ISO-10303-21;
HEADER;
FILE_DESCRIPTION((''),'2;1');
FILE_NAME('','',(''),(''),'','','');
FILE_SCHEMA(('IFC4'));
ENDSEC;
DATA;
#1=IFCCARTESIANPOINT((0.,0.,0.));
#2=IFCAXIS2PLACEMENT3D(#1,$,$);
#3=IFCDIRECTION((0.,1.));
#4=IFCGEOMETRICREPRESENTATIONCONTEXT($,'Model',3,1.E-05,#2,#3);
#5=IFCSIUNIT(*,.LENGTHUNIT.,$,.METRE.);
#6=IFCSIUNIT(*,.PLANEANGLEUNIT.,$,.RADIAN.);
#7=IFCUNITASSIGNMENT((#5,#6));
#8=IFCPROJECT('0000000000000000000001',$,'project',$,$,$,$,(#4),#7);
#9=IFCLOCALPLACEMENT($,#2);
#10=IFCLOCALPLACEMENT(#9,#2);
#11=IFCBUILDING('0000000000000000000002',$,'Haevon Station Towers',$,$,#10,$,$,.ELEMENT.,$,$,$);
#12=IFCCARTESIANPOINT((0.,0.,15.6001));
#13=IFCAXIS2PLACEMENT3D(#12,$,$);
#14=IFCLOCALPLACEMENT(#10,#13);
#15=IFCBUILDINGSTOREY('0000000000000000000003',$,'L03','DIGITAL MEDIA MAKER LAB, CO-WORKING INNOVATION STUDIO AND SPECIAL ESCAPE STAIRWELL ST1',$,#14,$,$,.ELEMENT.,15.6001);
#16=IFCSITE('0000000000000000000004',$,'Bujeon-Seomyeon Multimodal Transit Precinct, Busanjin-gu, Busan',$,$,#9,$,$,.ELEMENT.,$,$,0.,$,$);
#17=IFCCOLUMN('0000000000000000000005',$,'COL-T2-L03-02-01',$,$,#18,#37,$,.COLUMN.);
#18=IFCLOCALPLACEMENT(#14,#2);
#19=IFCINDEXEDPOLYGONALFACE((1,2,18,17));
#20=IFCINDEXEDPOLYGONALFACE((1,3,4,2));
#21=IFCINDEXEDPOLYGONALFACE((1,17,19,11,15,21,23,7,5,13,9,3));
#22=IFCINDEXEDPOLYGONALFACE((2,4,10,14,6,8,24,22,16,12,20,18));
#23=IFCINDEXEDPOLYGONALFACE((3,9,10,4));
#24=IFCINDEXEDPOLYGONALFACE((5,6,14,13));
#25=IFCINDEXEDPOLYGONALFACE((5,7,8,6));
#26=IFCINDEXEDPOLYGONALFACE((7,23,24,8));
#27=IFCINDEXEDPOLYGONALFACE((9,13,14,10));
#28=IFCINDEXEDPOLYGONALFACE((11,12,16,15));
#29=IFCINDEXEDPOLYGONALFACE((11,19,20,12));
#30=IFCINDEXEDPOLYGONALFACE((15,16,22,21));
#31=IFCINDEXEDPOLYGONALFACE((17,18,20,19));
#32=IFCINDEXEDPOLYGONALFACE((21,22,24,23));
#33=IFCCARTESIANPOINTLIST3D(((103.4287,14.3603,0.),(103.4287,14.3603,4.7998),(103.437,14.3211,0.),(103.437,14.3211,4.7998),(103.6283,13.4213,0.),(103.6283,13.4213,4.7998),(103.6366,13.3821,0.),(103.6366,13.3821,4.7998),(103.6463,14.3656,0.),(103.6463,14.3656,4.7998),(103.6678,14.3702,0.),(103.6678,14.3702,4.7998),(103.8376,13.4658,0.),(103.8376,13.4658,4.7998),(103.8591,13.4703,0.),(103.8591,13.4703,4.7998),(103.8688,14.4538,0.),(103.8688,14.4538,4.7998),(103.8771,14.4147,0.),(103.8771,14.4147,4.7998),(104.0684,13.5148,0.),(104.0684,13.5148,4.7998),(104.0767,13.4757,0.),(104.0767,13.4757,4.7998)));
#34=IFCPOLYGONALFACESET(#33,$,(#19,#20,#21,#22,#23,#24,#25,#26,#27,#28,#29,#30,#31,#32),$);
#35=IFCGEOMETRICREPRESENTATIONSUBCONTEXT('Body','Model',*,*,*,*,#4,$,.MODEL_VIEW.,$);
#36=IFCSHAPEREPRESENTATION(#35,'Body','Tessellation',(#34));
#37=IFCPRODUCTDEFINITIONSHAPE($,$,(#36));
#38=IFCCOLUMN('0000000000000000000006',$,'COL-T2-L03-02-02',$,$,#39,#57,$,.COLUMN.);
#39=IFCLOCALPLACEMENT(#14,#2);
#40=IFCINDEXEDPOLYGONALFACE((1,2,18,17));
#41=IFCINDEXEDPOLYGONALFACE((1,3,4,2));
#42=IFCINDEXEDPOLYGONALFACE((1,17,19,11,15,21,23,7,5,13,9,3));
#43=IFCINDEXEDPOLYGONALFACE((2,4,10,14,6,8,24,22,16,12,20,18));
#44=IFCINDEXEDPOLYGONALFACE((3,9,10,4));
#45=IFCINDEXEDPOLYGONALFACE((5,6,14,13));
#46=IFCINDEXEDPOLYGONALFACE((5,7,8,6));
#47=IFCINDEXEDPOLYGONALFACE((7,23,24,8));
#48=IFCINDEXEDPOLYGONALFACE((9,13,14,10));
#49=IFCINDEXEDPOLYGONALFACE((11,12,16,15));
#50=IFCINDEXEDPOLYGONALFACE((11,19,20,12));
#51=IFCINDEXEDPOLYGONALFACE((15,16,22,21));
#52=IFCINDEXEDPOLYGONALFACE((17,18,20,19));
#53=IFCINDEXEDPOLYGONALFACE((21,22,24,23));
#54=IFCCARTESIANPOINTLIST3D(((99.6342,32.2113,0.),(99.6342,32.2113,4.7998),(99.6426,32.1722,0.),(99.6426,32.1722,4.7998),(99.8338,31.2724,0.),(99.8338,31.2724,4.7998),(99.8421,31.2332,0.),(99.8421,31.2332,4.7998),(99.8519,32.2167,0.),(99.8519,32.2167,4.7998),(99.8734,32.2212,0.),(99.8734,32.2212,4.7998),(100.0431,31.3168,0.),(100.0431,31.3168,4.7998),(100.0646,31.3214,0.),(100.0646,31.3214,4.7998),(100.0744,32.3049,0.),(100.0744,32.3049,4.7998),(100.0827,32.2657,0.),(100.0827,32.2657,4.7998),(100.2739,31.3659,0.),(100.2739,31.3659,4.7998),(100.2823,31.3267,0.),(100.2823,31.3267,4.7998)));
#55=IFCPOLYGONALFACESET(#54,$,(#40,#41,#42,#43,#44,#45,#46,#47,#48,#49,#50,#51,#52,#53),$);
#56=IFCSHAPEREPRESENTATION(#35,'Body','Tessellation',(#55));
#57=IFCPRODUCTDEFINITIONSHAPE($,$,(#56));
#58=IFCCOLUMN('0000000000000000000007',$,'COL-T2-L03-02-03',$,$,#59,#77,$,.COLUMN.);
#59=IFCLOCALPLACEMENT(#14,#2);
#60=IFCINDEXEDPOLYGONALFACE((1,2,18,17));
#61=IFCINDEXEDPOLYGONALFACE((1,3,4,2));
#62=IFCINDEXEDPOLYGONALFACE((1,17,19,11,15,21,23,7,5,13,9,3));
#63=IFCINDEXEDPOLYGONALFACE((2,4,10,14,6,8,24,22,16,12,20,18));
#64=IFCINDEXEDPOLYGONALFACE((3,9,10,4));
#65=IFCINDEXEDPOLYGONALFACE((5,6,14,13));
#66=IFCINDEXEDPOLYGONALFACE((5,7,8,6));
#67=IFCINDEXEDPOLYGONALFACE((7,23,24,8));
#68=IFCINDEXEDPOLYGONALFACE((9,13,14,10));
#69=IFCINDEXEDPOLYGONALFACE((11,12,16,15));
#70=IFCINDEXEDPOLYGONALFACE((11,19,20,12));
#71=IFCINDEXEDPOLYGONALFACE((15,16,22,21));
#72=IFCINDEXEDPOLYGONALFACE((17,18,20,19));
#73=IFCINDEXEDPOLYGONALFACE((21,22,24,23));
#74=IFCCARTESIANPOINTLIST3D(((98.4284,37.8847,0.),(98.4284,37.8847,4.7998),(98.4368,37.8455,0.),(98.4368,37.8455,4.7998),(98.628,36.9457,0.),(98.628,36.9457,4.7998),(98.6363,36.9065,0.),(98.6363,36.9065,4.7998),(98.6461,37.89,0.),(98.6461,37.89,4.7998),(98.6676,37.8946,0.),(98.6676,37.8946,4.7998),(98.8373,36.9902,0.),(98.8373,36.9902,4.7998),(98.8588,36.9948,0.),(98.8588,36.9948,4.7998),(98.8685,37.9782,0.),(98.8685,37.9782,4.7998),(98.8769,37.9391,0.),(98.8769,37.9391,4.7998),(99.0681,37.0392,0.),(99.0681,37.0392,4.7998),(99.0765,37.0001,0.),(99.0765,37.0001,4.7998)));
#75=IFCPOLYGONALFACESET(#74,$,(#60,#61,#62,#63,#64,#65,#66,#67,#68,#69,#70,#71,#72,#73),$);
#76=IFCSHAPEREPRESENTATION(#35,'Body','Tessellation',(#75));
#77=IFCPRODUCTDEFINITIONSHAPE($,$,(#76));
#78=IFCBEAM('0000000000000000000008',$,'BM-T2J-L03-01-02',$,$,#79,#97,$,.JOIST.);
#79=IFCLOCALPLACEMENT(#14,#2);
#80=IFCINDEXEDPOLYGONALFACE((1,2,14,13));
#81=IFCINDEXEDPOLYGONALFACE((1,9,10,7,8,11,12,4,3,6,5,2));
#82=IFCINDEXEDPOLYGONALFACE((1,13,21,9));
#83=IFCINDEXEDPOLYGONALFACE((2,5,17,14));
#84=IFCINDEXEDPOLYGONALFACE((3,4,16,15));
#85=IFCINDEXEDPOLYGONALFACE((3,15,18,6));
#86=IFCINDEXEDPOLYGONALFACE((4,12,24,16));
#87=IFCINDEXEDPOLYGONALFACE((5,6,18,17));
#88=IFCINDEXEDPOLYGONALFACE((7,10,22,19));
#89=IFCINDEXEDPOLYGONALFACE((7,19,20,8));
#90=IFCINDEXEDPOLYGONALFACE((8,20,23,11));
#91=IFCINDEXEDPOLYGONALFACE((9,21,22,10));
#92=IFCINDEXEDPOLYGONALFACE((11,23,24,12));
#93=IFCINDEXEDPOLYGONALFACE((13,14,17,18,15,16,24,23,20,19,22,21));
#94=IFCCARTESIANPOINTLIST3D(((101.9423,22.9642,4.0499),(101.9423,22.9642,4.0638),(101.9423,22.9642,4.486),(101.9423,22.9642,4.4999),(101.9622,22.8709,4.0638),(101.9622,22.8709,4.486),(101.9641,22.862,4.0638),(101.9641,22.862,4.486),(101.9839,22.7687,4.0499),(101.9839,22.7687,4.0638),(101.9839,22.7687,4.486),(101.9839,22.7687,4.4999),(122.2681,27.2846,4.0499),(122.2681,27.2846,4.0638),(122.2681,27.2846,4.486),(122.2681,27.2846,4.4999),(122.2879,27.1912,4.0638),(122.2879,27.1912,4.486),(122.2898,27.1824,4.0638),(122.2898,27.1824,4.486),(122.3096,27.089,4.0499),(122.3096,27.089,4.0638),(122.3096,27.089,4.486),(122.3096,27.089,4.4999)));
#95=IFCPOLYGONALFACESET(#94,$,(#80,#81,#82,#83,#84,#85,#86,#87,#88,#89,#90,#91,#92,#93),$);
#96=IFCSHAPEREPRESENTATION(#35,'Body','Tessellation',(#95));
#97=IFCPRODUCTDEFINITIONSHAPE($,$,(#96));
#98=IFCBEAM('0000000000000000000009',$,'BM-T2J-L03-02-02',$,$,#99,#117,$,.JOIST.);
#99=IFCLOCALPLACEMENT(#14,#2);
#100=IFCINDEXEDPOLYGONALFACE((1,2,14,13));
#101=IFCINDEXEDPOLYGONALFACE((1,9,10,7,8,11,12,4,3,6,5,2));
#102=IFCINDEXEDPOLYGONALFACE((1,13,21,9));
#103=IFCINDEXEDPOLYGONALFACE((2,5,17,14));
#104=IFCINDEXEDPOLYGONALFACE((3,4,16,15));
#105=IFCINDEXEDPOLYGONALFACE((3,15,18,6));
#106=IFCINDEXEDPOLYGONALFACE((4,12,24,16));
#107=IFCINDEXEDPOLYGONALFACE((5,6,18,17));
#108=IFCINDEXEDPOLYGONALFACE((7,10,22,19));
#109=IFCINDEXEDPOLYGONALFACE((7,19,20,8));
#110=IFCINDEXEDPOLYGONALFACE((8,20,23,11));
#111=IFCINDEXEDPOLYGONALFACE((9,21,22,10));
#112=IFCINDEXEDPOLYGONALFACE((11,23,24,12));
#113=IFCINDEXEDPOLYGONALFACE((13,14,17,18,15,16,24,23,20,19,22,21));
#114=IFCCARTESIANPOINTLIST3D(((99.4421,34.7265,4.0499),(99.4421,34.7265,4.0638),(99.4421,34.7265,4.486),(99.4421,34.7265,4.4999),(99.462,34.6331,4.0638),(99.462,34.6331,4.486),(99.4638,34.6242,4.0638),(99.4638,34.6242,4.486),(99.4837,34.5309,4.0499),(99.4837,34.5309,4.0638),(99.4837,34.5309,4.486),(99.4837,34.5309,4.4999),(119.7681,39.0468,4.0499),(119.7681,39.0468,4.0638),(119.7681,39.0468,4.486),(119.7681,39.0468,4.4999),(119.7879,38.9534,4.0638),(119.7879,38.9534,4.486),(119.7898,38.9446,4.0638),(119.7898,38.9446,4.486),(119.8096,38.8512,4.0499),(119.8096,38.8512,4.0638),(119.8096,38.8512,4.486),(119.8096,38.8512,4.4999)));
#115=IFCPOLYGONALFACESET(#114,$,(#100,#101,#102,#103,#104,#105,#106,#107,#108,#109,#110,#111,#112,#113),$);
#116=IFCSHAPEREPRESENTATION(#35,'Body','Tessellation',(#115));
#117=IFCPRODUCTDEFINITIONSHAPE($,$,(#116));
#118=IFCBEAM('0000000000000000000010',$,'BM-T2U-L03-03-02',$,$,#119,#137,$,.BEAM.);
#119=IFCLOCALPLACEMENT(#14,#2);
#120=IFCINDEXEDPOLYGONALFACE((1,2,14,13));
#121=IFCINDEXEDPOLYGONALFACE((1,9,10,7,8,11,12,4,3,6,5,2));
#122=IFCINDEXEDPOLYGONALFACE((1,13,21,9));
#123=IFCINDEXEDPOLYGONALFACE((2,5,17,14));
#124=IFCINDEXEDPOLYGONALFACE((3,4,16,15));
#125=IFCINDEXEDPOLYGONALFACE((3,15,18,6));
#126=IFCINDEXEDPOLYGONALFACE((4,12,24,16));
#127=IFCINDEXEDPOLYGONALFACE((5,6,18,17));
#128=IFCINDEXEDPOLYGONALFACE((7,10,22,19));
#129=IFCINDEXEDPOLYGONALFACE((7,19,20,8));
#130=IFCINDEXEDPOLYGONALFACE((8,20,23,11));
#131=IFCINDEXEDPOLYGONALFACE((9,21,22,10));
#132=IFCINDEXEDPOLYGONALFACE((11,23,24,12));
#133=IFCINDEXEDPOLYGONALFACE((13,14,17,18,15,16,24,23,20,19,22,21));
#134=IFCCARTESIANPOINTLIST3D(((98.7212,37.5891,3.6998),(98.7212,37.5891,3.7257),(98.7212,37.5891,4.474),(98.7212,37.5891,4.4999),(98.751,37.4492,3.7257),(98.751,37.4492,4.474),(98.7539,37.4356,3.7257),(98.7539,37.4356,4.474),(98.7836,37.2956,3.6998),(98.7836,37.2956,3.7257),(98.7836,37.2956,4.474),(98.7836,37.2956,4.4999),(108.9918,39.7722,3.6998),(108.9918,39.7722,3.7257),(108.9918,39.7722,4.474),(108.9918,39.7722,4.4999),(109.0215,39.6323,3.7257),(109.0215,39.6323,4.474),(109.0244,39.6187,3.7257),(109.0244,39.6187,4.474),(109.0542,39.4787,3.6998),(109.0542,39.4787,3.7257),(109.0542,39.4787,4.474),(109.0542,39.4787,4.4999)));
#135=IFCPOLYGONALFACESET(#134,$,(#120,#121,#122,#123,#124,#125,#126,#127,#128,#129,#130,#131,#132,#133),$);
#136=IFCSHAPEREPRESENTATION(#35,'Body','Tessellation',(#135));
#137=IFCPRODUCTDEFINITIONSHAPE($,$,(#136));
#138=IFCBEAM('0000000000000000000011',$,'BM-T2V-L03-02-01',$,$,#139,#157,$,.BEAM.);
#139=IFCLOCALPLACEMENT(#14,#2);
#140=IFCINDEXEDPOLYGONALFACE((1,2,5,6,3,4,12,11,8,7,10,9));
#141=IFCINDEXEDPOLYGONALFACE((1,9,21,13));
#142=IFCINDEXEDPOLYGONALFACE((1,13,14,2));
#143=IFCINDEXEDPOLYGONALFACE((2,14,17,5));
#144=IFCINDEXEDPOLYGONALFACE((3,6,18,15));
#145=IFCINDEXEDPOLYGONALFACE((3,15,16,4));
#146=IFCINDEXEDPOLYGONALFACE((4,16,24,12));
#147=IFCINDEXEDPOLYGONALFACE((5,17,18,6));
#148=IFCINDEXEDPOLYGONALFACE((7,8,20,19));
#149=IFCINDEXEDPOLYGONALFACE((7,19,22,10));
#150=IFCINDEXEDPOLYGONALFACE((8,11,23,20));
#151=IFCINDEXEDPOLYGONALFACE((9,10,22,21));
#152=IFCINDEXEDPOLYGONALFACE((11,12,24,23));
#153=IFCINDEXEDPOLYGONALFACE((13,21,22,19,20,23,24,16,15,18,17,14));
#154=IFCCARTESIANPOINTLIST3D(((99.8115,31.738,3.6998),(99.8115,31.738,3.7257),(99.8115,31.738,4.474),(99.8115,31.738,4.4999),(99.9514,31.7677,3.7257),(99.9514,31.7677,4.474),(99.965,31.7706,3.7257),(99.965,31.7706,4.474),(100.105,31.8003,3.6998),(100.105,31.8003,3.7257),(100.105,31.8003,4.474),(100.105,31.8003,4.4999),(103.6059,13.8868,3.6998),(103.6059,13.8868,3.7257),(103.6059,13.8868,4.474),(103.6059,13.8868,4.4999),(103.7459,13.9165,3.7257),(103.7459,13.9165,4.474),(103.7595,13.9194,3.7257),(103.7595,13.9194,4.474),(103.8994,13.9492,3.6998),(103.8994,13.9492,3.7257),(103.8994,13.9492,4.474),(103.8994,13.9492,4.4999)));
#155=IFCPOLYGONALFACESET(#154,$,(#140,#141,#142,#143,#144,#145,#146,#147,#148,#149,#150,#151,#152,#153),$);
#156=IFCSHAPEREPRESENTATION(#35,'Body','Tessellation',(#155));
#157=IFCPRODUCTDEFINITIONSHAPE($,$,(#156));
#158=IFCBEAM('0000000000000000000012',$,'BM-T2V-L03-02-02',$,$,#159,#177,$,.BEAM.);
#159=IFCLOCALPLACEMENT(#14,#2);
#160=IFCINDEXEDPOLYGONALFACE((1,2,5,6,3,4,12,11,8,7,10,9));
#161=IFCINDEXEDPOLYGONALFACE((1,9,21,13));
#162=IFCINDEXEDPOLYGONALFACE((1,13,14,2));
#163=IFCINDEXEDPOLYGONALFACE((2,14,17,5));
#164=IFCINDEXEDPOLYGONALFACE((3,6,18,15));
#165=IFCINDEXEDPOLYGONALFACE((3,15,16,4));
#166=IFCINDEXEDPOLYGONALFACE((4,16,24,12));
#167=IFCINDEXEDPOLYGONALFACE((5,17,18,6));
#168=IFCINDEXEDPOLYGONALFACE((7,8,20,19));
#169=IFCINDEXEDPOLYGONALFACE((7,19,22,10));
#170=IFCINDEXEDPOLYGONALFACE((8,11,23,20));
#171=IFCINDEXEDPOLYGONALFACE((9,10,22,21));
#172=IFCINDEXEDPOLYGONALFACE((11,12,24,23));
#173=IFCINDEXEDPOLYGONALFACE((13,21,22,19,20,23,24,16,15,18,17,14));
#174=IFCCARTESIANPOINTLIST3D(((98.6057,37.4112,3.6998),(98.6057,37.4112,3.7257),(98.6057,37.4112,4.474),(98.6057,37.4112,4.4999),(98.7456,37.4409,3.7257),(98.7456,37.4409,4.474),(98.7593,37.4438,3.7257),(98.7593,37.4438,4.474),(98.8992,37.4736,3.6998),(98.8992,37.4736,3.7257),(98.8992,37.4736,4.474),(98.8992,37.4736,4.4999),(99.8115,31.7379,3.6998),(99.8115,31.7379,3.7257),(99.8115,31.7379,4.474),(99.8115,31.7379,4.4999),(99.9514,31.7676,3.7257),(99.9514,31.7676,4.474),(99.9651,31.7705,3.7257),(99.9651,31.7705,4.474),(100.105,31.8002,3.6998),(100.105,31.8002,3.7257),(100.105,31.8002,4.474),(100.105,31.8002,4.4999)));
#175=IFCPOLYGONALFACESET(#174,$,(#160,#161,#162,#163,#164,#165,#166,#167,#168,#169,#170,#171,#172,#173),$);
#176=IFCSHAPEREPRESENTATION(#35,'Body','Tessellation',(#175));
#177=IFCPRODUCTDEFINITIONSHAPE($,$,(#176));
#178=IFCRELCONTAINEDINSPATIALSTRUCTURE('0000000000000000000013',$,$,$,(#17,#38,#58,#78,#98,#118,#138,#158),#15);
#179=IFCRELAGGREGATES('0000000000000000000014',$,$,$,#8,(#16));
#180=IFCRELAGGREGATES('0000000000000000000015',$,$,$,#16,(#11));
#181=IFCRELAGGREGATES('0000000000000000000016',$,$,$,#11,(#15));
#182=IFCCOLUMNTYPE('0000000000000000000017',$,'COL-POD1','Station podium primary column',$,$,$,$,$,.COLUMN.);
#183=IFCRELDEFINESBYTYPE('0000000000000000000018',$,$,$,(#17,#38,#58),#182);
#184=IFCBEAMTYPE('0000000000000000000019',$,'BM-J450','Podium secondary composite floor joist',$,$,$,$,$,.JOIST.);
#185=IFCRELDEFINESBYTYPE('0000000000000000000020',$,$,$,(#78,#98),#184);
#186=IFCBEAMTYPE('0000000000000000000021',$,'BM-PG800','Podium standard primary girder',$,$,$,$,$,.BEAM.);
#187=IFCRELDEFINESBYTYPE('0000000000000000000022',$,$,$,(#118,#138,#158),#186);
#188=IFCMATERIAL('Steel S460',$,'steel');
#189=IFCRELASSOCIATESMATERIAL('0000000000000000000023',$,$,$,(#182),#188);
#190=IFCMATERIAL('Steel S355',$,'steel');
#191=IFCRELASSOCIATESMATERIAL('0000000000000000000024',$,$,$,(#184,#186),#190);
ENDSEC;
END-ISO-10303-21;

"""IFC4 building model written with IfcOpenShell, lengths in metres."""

from ifc_helpers import new_model, si_unit, direction, frame, origin, origin_2d, place, context, subcontext, project, spatial, i_section, extrude, material, material_profile, profile_set, type_object, element, save


model = new_model("IFC4")

# Units and contexts
model_context = context("Model", 3, precision=1e-05, world=origin(), true_north=direction((0.0, 1.0)))
body_context = subcontext(model_context, "Body", "Model", "MODEL_VIEW")
ifc_project = project(units=[si_unit("LENGTHUNIT", "METRE"), si_unit("PLANEANGLEUNIT", "RADIAN")], contexts=[model_context])

# Site, building, storey
site_placement = place(None, origin())
site = spatial("IfcSite", under=ifc_project, at=site_placement, Name="Bujeon-Seomyeon Multimodal Transit Precinct, Busanjin-gu, Busan", CompositionType="ELEMENT", RefElevation=0.0)
building_placement = place(site_placement, origin())
building = spatial("IfcBuilding", under=site, at=building_placement, Name="Haevon Station Towers", CompositionType="ELEMENT")
storey_placement = place(building_placement, frame((0.0, 0.0, 15.6001)))
storey = spatial("IfcBuildingStorey", under=building, at=storey_placement, Name="L03", Description="DIGITAL MEDIA MAKER LAB, CO-WORKING INNOVATION STUDIO AND SPECIAL ESCAPE STAIRWELL ST1", CompositionType="ELEMENT", Elevation=15.6001)

# Columns
ifc_material_1 = material(Name="Steel S460", Category="steel")
ifc_material_profile_1 = material_profile(ifc_material_1, i_section(OverallWidth=0.45, OverallDepth=1.0, WebThickness=0.022, FlangeThickness=0.04, at=origin_2d()), Name="H-1000x450x22x40")
ifc_profile_set_1 = profile_set([ifc_material_profile_1], Name="Steel S460")
column_type = type_object("IfcColumnType", Name="COL-POD1", Description="Station podium primary column", PredefinedType="COLUMN", material=ifc_profile_set_1)
for number, where, z_axis, x_axis, name in (
    (1, (103.7527, 13.918, 0.0), (0.0, 0.0, 1.0), (0.978148, 0.207912, 0.0), "COL-T2-L03-02-01"),
    (2, (99.9583, 31.769, 0.0), (0.0, 0.0, 1.0), (0.978148, 0.207912, 0.0), "COL-T2-L03-02-02"),
    (3, (98.7524, 37.4424, 0.0), (0.0, 0.0, 1.0), (0.978148, 0.207912, 0.0), "COL-T2-L03-02-03"),
):
    element("IfcColumn", number, at=place(storey_placement, frame(where, z_axis=z_axis, x_axis=x_axis)), inside=storey, type_object=column_type, Name=name, PredefinedType="COLUMN", context=body_context, shape_type="SweptSolid", body=[
        extrude(i_section(OverallWidth=0.45, OverallDepth=1.0, WebThickness=0.022, FlangeThickness=0.04, at=origin_2d()), origin(), (0.0, 0.0, 1.0), 4.7998),
    ])

# Beams
ifc_material_2 = material(Name="Steel S355", Category="steel")
ifc_material_profile_2 = material_profile(ifc_material_2, i_section(OverallWidth=0.2, OverallDepth=0.45, WebThickness=0.009, FlangeThickness=0.0139, at=origin_2d()), Name="H-450x200x9x14")
ifc_profile_set_2 = profile_set([ifc_material_profile_2], Name="Steel S355")
beam_type_1 = type_object("IfcBeamType", Name="BM-J450", Description="Podium secondary composite floor joist", PredefinedType="JOIST", material=ifc_profile_set_2)
beam_1_placement = place(storey_placement, frame((101.9631, 22.8665, 4.2749), z_axis=(0.978148, 0.20791, 0.0), x_axis=(-0.20791, 0.978148, 0.0)))
element("IfcBeam", 4, at=beam_1_placement, inside=storey, type_object=beam_type_1, Name="BM-T2J-L03-01-02", PredefinedType="JOIST", context=body_context, shape_type="SweptSolid", body=[
    extrude(i_section(OverallWidth=0.2, OverallDepth=0.45, WebThickness=0.009, FlangeThickness=0.0139, at=origin_2d()), origin(), (0.0, 0.0, 1.0), 20.7798),
])
beam_2_placement = place(storey_placement, frame((99.4629, 34.6287, 4.2749), z_axis=(0.978149, 0.207907, 0.0), x_axis=(-0.207907, 0.978149, 0.0)))
element("IfcBeam", 5, at=beam_2_placement, inside=storey, type_object=beam_type_1, Name="BM-T2J-L03-02-02", PredefinedType="JOIST", context=body_context, shape_type="SweptSolid", body=[
    extrude(i_section(OverallWidth=0.2, OverallDepth=0.45, WebThickness=0.009, FlangeThickness=0.0139, at=origin_2d()), origin(), (0.0, 0.0, 1.0), 20.78),
])
ifc_material_profile_3 = material_profile(ifc_material_2, i_section(OverallWidth=0.3, OverallDepth=0.8, WebThickness=0.0139, FlangeThickness=0.0259, at=origin_2d()), Name="H-800x300x14x26")
ifc_profile_set_3 = profile_set([ifc_material_profile_3], Name="Steel S355")
beam_type_2 = type_object("IfcBeamType", Name="BM-PG800", Description="Podium standard primary girder", PredefinedType="BEAM", material=ifc_profile_set_3)
beam_3_placement = place(storey_placement, frame((98.7524, 37.4424, 4.0999), z_axis=(0.978147, 0.207915, 0.0), x_axis=(-0.207915, 0.978147, 0.0)))
element("IfcBeam", 6, at=beam_3_placement, inside=storey, type_object=beam_type_2, Name="BM-T2U-L03-03-02", PredefinedType="BEAM", context=body_context, shape_type="SweptSolid", body=[
    extrude(i_section(OverallWidth=0.3, OverallDepth=0.8, WebThickness=0.0139, FlangeThickness=0.0259, at=origin_2d()), origin(), (0.0, 0.0, 1.0), 10.5),
])
beam_4_placement = place(storey_placement, frame((103.7527, 13.918, 4.0999), z_axis=(-0.207915, 0.978147, 0.0), x_axis=(-0.978147, -0.207915, 0.0)))
element("IfcBeam", 7, at=beam_4_placement, inside=storey, type_object=beam_type_2, Name="BM-T2V-L03-02-01", PredefinedType="BEAM", context=body_context, shape_type="SweptSolid", body=[
    extrude(i_section(OverallWidth=0.3, OverallDepth=0.8, WebThickness=0.0139, FlangeThickness=0.0259, at=origin_2d()), origin(), (0.0, 0.0, 1.0), 18.25),
])
beam_5_placement = place(storey_placement, frame((99.9583, 31.769, 4.0999), z_axis=(-0.207896, 0.978151, 0.0), x_axis=(-0.978151, -0.207896, 0.0)))
element("IfcBeam", 8, at=beam_5_placement, inside=storey, type_object=beam_type_2, Name="BM-T2V-L03-02-02", PredefinedType="BEAM", context=body_context, shape_type="SweptSolid", body=[
    extrude(i_section(OverallWidth=0.3, OverallDepth=0.8, WebThickness=0.0139, FlangeThickness=0.0259, at=origin_2d()), origin(), (0.0, 0.0, 1.0), 5.8),
])

save(model, "model.ifc")
